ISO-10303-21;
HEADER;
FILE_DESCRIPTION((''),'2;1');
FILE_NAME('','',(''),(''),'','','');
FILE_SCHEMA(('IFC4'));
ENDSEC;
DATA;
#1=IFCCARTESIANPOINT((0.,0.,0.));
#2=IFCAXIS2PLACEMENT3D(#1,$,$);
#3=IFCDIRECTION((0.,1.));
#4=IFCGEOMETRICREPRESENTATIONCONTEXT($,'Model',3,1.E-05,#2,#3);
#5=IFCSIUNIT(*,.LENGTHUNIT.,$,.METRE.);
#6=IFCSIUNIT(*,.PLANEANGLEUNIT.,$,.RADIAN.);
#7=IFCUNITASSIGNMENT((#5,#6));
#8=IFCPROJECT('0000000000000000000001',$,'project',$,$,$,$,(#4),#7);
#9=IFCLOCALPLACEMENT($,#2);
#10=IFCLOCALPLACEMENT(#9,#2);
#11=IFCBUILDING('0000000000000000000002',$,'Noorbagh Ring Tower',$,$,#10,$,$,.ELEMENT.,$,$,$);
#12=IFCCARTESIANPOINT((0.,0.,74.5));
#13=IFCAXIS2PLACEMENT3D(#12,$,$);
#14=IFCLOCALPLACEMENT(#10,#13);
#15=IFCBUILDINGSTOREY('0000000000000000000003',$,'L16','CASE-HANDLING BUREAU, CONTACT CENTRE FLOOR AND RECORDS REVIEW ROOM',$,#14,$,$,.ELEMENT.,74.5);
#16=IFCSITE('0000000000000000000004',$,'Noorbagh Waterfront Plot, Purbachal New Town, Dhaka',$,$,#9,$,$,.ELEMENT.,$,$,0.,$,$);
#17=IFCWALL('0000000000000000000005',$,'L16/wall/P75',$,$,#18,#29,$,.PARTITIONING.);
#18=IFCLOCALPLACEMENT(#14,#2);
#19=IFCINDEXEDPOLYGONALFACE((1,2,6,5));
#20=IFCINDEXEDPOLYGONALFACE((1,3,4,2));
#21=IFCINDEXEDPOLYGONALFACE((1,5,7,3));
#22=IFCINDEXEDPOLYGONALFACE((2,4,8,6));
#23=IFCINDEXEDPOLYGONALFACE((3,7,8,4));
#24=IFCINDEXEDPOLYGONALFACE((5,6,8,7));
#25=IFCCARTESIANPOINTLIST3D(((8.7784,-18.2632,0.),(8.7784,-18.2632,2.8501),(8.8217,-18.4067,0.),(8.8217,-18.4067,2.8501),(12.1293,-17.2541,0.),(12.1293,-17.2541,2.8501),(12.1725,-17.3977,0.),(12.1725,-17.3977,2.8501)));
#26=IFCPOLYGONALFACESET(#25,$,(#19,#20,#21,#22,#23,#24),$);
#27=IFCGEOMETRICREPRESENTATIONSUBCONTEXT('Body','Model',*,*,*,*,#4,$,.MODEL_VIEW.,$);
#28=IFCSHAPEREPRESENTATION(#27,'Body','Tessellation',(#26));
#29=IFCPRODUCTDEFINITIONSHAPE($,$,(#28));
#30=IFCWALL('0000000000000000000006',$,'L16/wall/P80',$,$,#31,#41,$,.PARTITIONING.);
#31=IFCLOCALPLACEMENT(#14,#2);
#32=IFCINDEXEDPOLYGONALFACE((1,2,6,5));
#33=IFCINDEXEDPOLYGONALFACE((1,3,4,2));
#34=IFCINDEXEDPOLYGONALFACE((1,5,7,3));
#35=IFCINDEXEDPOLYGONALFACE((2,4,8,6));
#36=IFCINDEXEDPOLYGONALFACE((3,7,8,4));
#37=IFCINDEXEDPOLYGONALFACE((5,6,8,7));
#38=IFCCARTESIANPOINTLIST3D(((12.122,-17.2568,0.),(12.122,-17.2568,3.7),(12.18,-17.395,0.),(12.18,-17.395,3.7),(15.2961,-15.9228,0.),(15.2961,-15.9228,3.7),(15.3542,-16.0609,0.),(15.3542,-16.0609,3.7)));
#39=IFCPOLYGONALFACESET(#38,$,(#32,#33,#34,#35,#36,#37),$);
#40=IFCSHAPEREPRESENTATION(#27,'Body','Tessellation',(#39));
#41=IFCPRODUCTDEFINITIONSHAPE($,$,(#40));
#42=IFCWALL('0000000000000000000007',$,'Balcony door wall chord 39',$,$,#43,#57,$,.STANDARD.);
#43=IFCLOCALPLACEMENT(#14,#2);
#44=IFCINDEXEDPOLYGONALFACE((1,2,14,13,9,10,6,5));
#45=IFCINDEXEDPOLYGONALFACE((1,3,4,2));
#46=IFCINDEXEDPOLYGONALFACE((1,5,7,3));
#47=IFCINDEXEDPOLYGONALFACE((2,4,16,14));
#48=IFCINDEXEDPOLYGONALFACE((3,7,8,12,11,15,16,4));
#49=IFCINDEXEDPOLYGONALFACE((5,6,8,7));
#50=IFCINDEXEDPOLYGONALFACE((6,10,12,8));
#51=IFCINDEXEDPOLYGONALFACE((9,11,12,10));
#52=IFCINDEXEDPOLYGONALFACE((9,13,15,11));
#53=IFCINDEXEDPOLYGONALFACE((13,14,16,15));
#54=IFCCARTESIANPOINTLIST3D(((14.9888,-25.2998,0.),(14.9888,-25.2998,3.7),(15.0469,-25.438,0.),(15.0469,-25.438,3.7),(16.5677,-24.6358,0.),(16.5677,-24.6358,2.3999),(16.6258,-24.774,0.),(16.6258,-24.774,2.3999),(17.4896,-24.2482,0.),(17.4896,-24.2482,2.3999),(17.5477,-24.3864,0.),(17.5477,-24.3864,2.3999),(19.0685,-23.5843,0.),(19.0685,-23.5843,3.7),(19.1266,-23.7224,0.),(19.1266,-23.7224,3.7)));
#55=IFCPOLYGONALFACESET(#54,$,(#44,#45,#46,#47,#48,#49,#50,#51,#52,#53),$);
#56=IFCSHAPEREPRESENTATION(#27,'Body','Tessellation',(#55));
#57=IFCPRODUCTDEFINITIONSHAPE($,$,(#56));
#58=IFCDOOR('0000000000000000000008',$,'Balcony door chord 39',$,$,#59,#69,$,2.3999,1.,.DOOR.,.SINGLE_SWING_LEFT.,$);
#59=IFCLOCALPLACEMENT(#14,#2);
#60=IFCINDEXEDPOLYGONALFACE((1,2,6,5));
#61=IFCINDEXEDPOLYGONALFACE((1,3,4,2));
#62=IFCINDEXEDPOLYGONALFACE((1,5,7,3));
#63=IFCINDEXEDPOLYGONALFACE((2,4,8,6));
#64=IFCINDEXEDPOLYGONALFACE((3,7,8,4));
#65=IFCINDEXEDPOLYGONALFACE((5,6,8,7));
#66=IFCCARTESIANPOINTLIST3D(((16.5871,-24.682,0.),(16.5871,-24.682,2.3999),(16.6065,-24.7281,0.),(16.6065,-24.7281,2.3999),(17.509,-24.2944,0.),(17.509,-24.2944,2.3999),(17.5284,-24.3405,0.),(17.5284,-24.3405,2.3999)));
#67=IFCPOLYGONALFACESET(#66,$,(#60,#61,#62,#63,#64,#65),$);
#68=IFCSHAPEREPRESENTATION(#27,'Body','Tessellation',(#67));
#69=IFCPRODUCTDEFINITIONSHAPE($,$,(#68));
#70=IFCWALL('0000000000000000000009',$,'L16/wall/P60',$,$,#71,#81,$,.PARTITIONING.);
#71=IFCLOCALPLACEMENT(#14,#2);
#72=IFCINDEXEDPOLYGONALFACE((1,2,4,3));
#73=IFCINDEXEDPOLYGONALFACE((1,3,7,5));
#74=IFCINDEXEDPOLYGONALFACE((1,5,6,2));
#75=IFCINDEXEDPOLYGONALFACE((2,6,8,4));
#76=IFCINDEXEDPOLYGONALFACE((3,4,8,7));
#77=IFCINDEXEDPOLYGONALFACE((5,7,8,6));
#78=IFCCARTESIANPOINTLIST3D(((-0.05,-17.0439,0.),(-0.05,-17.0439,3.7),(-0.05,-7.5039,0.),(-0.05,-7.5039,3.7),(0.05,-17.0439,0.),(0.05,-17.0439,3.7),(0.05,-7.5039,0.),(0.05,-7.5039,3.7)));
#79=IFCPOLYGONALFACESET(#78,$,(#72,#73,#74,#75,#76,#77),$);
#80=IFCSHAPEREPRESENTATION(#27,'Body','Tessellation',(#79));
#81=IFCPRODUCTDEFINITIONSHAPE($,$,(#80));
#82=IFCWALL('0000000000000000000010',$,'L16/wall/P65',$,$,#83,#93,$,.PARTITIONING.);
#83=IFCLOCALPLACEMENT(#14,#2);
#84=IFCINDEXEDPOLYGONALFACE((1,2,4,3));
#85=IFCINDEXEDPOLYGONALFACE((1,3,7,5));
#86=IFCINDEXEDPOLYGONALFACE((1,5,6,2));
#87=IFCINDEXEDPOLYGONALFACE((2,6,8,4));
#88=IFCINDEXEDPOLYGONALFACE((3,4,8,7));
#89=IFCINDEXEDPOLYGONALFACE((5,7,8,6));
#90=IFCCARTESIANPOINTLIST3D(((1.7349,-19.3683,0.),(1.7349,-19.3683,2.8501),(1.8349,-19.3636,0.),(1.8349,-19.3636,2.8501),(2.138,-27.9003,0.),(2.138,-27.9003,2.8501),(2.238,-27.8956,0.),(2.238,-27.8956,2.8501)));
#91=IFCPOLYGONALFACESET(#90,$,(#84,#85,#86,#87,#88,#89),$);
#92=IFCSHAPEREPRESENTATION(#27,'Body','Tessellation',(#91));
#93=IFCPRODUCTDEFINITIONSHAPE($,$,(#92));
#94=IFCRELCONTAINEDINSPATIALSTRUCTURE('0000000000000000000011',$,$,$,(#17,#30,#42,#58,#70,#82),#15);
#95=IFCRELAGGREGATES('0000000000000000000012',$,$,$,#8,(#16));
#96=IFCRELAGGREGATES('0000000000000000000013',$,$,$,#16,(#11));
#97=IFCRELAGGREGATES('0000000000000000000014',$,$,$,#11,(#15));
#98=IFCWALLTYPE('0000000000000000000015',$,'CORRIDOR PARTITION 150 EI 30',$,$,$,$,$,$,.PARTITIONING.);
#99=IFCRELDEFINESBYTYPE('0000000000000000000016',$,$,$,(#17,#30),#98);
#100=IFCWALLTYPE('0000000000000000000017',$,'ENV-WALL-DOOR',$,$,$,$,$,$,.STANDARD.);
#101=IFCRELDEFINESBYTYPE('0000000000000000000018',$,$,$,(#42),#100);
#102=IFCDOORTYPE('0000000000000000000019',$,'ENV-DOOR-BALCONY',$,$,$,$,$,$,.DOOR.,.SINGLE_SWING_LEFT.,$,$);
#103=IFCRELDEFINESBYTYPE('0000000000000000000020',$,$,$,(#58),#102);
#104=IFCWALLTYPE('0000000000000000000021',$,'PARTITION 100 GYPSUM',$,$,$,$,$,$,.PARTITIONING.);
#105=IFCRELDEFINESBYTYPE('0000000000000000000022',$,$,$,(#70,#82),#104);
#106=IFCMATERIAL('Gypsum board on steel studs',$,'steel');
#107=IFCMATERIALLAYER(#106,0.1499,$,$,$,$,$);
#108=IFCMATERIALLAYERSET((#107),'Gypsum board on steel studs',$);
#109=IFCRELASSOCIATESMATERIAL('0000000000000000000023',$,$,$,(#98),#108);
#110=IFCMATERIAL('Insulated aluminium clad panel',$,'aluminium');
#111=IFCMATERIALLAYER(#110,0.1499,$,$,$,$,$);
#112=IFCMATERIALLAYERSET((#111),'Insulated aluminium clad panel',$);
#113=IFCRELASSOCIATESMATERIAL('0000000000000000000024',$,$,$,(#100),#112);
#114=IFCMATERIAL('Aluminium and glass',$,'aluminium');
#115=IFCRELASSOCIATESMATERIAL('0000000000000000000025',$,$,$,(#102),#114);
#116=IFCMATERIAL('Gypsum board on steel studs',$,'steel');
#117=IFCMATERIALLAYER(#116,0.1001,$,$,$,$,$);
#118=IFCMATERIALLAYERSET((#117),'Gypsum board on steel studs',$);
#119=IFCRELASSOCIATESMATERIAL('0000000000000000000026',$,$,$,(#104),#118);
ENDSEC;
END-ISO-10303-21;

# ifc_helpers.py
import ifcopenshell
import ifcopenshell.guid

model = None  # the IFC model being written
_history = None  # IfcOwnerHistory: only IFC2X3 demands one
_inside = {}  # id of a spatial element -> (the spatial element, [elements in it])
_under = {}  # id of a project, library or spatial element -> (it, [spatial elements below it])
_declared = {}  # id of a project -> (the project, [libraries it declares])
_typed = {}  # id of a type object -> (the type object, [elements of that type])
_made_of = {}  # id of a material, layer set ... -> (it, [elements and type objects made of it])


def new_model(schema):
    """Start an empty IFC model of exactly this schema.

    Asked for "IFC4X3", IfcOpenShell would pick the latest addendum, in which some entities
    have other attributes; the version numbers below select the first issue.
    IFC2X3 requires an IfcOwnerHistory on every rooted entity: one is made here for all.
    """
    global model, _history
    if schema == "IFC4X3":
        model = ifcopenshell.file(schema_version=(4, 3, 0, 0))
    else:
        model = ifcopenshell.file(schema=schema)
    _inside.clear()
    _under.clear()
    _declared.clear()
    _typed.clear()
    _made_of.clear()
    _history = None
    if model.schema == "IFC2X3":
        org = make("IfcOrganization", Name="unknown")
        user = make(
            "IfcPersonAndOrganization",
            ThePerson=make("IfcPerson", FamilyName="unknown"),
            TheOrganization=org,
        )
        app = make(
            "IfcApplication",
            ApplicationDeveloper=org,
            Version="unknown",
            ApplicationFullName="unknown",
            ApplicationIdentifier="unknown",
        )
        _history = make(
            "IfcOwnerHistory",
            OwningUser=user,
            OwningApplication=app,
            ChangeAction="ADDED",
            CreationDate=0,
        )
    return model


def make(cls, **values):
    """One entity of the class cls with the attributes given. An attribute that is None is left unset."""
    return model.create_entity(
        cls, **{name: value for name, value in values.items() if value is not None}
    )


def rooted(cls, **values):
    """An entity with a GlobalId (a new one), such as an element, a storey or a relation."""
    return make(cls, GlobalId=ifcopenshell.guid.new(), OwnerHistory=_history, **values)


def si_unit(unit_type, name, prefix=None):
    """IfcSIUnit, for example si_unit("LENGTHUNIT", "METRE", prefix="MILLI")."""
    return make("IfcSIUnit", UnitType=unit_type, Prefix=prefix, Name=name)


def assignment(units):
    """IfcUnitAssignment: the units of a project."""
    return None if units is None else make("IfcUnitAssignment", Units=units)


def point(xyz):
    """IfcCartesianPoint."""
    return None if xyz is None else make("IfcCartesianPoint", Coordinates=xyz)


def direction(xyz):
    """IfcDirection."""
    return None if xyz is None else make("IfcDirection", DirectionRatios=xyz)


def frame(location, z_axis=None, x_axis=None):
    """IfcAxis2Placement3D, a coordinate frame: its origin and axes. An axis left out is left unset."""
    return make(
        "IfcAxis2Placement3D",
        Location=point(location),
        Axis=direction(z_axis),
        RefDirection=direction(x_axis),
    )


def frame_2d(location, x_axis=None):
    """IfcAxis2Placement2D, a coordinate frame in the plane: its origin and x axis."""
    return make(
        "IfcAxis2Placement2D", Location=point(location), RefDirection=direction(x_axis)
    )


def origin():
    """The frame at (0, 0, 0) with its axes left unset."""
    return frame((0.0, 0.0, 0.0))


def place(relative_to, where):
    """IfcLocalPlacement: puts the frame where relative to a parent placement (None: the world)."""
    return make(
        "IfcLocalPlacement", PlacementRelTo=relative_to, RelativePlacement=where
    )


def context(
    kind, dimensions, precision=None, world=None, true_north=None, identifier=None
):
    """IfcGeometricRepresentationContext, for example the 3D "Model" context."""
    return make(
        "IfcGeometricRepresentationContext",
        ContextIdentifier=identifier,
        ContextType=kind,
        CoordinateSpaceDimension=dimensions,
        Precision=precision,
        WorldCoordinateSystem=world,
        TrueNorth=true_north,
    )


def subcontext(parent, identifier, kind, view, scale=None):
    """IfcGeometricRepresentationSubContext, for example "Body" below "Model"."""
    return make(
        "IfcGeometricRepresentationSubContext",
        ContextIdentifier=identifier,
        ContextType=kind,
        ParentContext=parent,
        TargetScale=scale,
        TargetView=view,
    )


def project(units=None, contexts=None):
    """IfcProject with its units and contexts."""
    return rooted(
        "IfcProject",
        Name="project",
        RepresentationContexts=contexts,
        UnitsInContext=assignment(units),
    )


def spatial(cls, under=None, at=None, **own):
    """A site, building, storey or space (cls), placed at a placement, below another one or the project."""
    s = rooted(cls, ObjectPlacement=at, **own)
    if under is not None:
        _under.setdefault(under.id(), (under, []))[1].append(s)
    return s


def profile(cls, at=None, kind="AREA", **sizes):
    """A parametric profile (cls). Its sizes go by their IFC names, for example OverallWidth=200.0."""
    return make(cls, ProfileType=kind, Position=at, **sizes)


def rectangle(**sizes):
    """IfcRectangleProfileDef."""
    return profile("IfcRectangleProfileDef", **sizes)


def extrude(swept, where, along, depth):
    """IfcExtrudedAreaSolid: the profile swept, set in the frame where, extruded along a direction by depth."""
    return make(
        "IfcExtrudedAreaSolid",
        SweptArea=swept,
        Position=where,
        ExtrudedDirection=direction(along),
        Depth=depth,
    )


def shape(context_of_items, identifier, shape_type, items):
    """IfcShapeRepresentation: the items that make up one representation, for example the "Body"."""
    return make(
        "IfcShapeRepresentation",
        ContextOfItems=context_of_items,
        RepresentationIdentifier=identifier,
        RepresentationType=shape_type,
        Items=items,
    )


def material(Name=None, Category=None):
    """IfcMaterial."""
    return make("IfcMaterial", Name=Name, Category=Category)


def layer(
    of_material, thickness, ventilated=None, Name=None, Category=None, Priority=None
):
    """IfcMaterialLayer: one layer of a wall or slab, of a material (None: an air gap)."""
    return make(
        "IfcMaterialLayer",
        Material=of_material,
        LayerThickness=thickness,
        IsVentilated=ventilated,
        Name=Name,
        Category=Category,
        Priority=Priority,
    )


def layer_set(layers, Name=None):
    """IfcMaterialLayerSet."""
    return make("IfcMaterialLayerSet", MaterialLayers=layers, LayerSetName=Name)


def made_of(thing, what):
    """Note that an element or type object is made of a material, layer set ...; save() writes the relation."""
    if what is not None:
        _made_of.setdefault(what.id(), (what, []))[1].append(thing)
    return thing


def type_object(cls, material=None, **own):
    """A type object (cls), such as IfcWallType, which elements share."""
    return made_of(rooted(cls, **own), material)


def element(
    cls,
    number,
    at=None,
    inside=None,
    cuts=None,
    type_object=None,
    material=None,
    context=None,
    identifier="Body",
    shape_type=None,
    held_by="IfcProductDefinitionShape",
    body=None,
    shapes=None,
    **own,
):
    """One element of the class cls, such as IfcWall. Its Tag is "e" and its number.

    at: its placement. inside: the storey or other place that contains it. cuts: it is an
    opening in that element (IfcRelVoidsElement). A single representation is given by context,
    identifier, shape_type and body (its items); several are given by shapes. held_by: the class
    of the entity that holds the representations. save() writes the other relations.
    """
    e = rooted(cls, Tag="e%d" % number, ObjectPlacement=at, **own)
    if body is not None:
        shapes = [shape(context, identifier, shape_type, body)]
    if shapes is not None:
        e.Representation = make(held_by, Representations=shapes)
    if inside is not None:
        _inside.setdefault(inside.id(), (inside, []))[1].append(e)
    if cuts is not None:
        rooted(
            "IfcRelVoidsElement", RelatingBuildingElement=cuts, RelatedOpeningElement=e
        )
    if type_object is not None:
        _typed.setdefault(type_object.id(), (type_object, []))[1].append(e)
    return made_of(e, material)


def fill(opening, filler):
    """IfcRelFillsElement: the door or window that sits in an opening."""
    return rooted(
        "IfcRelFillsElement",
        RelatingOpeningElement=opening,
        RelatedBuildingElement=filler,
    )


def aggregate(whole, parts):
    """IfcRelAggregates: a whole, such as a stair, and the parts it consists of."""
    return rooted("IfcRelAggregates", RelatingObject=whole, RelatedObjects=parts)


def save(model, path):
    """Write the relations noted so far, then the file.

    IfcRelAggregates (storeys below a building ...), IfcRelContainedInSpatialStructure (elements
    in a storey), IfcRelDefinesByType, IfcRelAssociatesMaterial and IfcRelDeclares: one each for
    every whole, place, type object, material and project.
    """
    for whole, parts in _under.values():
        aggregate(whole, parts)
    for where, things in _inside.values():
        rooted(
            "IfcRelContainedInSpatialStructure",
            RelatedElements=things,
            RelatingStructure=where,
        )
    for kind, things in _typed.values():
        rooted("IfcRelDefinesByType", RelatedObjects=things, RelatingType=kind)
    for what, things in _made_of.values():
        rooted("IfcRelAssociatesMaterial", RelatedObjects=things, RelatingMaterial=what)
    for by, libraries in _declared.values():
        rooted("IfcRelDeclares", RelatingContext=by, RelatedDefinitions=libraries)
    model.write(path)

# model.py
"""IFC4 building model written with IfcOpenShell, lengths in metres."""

from ifc_helpers import new_model, si_unit, direction, frame, frame_2d, origin, place, context, subcontext, project, spatial, rectangle, extrude, material, layer, layer_set, type_object, element, fill, save


model = new_model("IFC4")

# Units and contexts
model_context = context("Model", 3, precision=1e-05, world=origin(), true_north=direction((0.0, 1.0)))
body_context = subcontext(model_context, "Body", "Model", "MODEL_VIEW")
ifc_project = project(units=[si_unit("LENGTHUNIT", "METRE"), si_unit("PLANEANGLEUNIT", "RADIAN")], contexts=[model_context])

# Site, building, storey
site_placement = place(None, origin())
site = spatial("IfcSite", under=ifc_project, at=site_placement, Name="Noorbagh Waterfront Plot, Purbachal New Town, Dhaka", CompositionType="ELEMENT", RefElevation=0.0)
building_placement = place(site_placement, origin())
building = spatial("IfcBuilding", under=site, at=building_placement, Name="Noorbagh Ring Tower", CompositionType="ELEMENT")
storey_placement = place(building_placement, frame((0.0, 0.0, 74.5)))
storey = spatial("IfcBuildingStorey", under=building, at=storey_placement, Name="L16", Description="CASE-HANDLING BUREAU, CONTACT CENTRE FLOOR AND RECORDS REVIEW ROOM", CompositionType="ELEMENT", Elevation=74.5)

# Walls
ifc_material_1 = material(Name="Gypsum board on steel studs", Category="steel")
ifc_layer_1 = layer(ifc_material_1, 0.1499)
ifc_layer_set_1 = layer_set([ifc_layer_1], Name="Gypsum board on steel studs")
wall_type_1 = type_object("IfcWallType", Name="CORRIDOR PARTITION 150 EI 30", PredefinedType="PARTITIONING", material=ifc_layer_set_1)
wall_1_placement = place(storey_placement, frame((8.8, -18.335, 0.0), z_axis=(0.0, 0.0, 1.0), x_axis=(0.957528, 0.28834, 0.0)))
element("IfcWall", 1, at=wall_1_placement, inside=storey, type_object=wall_type_1, Name="L16/wall/P75", PredefinedType="PARTITIONING", context=body_context, shape_type="SweptSolid", body=[
    extrude(rectangle(XDim=3.4995, YDim=0.1499, at=frame_2d((1.7498, 0.0))), origin(), (0.0, 0.0, 1.0), 2.8501),
])
wall_2_placement = place(storey_placement, frame((12.1509, -17.3259, 0.0), z_axis=(0.0, 0.0, 1.0), x_axis=(0.921891, 0.387448, 0.0)))
element("IfcWall", 2, at=wall_2_placement, inside=storey, type_object=wall_type_1, Name="L16/wall/P80", PredefinedType="PARTITIONING", context=body_context, shape_type="SweptSolid", body=[
    extrude(rectangle(XDim=3.4431, YDim=0.1499, at=frame_2d((1.7217, 0.0))), origin(), (0.0, 0.0, 1.0), 3.7),
])

# Wall, opening, door
ifc_material_2 = material(Name="Insulated aluminium clad panel", Category="aluminium")
ifc_layer_2 = layer(ifc_material_2, 0.1499)
ifc_layer_set_2 = layer_set([ifc_layer_2], Name="Insulated aluminium clad panel")
wall_type_2 = type_object("IfcWallType", Name="ENV-WALL-DOOR", PredefinedType="STANDARD", material=ifc_layer_set_2)
wall_3_placement = place(storey_placement, frame((15.0178, -25.3689, 0.0), z_axis=(0.0, 0.0, 1.0), x_axis=(0.921817, 0.387625, 0.0)))
wall_3 = element("IfcWall", 3, at=wall_3_placement, inside=storey, type_object=wall_type_2, Name="Balcony door wall chord 39", PredefinedType="STANDARD", context=body_context, shape_type="SweptSolid", body=[
    extrude(rectangle(XDim=4.4258, YDim=0.1499, at=frame_2d((2.2129, 0.0))), origin(), (0.0, 0.0, 1.0), 3.7),
])
opening_placement = place(wall_3_placement, frame((1.7129, 0.0, 0.0)))
opening = element("IfcOpeningElement", 4, at=opening_placement, cuts=wall_3, PredefinedType="OPENING", context=body_context, shape_type="SweptSolid", body=[
    extrude(rectangle(XDim=1.0, YDim=2.3999, at=frame_2d((0.5, 1.2))), frame((0.0, 0.085, 0.0), z_axis=(0.0, -1.0, 0.0), x_axis=(1.0, 0.0, 0.0)), (0.0, 0.0, 1.0), 0.1699),
])
ifc_material_3 = material(Name="Aluminium and glass", Category="aluminium")
door_type = type_object("IfcDoorType", Name="ENV-DOOR-BALCONY", OperationType="SINGLE_SWING_LEFT", PredefinedType="DOOR", material=ifc_material_3)
door_placement = place(opening_placement, origin())
door = element("IfcDoor", 5, at=door_placement, inside=storey, type_object=door_type, Name="Balcony door chord 39", OperationType="SINGLE_SWING_LEFT", OverallHeight=2.3999, OverallWidth=1.0, PredefinedType="DOOR", context=body_context, shape_type="SweptSolid", body=[
    extrude(rectangle(XDim=1.0, YDim=2.3999, at=frame_2d((0.5, 1.2))), frame((0.0, 0.0249, 0.0), z_axis=(0.0, -1.0, 0.0), x_axis=(1.0, 0.0, 0.0)), (0.0, 0.0, 1.0), 0.05),
])
fill(opening, door)

# Walls
ifc_material_4 = material(Name="Gypsum board on steel studs", Category="steel")
ifc_layer_3 = layer(ifc_material_4, 0.1001)
ifc_layer_set_3 = layer_set([ifc_layer_3], Name="Gypsum board on steel studs")
wall_type_3 = type_object("IfcWallType", Name="PARTITION 100 GYPSUM", PredefinedType="PARTITIONING", material=ifc_layer_set_3)
wall_4_placement = place(storey_placement, frame((0.0, -17.0439, 0.0), z_axis=(0.0, 0.0, 1.0), x_axis=(0.0, 1.0, 0.0)))
element("IfcWall", 6, at=wall_4_placement, inside=storey, type_object=wall_type_3, Name="L16/wall/P60", PredefinedType="PARTITIONING", context=body_context, shape_type="SweptSolid", body=[
    extrude(rectangle(XDim=9.54, YDim=0.1001, at=frame_2d((4.77, 0.0))), origin(), (0.0, 0.0, 1.0), 3.7),
])
wall_5_placement = place(storey_placement, frame((1.7849, -19.366, 0.0), z_axis=(0.0, 0.0, 1.0), x_axis=(0.04719, -0.998886, 0.0)))
element("IfcWall", 7, at=wall_5_placement, inside=storey, type_object=wall_type_3, Name="L16/wall/P65", PredefinedType="PARTITIONING", context=body_context, shape_type="SweptSolid", body=[
    extrude(rectangle(XDim=8.5415, YDim=0.1001, at=frame_2d((4.2708, 0.0))), origin(), (0.0, 0.0, 1.0), 2.8501),
])

save(model, "model.ifc")
